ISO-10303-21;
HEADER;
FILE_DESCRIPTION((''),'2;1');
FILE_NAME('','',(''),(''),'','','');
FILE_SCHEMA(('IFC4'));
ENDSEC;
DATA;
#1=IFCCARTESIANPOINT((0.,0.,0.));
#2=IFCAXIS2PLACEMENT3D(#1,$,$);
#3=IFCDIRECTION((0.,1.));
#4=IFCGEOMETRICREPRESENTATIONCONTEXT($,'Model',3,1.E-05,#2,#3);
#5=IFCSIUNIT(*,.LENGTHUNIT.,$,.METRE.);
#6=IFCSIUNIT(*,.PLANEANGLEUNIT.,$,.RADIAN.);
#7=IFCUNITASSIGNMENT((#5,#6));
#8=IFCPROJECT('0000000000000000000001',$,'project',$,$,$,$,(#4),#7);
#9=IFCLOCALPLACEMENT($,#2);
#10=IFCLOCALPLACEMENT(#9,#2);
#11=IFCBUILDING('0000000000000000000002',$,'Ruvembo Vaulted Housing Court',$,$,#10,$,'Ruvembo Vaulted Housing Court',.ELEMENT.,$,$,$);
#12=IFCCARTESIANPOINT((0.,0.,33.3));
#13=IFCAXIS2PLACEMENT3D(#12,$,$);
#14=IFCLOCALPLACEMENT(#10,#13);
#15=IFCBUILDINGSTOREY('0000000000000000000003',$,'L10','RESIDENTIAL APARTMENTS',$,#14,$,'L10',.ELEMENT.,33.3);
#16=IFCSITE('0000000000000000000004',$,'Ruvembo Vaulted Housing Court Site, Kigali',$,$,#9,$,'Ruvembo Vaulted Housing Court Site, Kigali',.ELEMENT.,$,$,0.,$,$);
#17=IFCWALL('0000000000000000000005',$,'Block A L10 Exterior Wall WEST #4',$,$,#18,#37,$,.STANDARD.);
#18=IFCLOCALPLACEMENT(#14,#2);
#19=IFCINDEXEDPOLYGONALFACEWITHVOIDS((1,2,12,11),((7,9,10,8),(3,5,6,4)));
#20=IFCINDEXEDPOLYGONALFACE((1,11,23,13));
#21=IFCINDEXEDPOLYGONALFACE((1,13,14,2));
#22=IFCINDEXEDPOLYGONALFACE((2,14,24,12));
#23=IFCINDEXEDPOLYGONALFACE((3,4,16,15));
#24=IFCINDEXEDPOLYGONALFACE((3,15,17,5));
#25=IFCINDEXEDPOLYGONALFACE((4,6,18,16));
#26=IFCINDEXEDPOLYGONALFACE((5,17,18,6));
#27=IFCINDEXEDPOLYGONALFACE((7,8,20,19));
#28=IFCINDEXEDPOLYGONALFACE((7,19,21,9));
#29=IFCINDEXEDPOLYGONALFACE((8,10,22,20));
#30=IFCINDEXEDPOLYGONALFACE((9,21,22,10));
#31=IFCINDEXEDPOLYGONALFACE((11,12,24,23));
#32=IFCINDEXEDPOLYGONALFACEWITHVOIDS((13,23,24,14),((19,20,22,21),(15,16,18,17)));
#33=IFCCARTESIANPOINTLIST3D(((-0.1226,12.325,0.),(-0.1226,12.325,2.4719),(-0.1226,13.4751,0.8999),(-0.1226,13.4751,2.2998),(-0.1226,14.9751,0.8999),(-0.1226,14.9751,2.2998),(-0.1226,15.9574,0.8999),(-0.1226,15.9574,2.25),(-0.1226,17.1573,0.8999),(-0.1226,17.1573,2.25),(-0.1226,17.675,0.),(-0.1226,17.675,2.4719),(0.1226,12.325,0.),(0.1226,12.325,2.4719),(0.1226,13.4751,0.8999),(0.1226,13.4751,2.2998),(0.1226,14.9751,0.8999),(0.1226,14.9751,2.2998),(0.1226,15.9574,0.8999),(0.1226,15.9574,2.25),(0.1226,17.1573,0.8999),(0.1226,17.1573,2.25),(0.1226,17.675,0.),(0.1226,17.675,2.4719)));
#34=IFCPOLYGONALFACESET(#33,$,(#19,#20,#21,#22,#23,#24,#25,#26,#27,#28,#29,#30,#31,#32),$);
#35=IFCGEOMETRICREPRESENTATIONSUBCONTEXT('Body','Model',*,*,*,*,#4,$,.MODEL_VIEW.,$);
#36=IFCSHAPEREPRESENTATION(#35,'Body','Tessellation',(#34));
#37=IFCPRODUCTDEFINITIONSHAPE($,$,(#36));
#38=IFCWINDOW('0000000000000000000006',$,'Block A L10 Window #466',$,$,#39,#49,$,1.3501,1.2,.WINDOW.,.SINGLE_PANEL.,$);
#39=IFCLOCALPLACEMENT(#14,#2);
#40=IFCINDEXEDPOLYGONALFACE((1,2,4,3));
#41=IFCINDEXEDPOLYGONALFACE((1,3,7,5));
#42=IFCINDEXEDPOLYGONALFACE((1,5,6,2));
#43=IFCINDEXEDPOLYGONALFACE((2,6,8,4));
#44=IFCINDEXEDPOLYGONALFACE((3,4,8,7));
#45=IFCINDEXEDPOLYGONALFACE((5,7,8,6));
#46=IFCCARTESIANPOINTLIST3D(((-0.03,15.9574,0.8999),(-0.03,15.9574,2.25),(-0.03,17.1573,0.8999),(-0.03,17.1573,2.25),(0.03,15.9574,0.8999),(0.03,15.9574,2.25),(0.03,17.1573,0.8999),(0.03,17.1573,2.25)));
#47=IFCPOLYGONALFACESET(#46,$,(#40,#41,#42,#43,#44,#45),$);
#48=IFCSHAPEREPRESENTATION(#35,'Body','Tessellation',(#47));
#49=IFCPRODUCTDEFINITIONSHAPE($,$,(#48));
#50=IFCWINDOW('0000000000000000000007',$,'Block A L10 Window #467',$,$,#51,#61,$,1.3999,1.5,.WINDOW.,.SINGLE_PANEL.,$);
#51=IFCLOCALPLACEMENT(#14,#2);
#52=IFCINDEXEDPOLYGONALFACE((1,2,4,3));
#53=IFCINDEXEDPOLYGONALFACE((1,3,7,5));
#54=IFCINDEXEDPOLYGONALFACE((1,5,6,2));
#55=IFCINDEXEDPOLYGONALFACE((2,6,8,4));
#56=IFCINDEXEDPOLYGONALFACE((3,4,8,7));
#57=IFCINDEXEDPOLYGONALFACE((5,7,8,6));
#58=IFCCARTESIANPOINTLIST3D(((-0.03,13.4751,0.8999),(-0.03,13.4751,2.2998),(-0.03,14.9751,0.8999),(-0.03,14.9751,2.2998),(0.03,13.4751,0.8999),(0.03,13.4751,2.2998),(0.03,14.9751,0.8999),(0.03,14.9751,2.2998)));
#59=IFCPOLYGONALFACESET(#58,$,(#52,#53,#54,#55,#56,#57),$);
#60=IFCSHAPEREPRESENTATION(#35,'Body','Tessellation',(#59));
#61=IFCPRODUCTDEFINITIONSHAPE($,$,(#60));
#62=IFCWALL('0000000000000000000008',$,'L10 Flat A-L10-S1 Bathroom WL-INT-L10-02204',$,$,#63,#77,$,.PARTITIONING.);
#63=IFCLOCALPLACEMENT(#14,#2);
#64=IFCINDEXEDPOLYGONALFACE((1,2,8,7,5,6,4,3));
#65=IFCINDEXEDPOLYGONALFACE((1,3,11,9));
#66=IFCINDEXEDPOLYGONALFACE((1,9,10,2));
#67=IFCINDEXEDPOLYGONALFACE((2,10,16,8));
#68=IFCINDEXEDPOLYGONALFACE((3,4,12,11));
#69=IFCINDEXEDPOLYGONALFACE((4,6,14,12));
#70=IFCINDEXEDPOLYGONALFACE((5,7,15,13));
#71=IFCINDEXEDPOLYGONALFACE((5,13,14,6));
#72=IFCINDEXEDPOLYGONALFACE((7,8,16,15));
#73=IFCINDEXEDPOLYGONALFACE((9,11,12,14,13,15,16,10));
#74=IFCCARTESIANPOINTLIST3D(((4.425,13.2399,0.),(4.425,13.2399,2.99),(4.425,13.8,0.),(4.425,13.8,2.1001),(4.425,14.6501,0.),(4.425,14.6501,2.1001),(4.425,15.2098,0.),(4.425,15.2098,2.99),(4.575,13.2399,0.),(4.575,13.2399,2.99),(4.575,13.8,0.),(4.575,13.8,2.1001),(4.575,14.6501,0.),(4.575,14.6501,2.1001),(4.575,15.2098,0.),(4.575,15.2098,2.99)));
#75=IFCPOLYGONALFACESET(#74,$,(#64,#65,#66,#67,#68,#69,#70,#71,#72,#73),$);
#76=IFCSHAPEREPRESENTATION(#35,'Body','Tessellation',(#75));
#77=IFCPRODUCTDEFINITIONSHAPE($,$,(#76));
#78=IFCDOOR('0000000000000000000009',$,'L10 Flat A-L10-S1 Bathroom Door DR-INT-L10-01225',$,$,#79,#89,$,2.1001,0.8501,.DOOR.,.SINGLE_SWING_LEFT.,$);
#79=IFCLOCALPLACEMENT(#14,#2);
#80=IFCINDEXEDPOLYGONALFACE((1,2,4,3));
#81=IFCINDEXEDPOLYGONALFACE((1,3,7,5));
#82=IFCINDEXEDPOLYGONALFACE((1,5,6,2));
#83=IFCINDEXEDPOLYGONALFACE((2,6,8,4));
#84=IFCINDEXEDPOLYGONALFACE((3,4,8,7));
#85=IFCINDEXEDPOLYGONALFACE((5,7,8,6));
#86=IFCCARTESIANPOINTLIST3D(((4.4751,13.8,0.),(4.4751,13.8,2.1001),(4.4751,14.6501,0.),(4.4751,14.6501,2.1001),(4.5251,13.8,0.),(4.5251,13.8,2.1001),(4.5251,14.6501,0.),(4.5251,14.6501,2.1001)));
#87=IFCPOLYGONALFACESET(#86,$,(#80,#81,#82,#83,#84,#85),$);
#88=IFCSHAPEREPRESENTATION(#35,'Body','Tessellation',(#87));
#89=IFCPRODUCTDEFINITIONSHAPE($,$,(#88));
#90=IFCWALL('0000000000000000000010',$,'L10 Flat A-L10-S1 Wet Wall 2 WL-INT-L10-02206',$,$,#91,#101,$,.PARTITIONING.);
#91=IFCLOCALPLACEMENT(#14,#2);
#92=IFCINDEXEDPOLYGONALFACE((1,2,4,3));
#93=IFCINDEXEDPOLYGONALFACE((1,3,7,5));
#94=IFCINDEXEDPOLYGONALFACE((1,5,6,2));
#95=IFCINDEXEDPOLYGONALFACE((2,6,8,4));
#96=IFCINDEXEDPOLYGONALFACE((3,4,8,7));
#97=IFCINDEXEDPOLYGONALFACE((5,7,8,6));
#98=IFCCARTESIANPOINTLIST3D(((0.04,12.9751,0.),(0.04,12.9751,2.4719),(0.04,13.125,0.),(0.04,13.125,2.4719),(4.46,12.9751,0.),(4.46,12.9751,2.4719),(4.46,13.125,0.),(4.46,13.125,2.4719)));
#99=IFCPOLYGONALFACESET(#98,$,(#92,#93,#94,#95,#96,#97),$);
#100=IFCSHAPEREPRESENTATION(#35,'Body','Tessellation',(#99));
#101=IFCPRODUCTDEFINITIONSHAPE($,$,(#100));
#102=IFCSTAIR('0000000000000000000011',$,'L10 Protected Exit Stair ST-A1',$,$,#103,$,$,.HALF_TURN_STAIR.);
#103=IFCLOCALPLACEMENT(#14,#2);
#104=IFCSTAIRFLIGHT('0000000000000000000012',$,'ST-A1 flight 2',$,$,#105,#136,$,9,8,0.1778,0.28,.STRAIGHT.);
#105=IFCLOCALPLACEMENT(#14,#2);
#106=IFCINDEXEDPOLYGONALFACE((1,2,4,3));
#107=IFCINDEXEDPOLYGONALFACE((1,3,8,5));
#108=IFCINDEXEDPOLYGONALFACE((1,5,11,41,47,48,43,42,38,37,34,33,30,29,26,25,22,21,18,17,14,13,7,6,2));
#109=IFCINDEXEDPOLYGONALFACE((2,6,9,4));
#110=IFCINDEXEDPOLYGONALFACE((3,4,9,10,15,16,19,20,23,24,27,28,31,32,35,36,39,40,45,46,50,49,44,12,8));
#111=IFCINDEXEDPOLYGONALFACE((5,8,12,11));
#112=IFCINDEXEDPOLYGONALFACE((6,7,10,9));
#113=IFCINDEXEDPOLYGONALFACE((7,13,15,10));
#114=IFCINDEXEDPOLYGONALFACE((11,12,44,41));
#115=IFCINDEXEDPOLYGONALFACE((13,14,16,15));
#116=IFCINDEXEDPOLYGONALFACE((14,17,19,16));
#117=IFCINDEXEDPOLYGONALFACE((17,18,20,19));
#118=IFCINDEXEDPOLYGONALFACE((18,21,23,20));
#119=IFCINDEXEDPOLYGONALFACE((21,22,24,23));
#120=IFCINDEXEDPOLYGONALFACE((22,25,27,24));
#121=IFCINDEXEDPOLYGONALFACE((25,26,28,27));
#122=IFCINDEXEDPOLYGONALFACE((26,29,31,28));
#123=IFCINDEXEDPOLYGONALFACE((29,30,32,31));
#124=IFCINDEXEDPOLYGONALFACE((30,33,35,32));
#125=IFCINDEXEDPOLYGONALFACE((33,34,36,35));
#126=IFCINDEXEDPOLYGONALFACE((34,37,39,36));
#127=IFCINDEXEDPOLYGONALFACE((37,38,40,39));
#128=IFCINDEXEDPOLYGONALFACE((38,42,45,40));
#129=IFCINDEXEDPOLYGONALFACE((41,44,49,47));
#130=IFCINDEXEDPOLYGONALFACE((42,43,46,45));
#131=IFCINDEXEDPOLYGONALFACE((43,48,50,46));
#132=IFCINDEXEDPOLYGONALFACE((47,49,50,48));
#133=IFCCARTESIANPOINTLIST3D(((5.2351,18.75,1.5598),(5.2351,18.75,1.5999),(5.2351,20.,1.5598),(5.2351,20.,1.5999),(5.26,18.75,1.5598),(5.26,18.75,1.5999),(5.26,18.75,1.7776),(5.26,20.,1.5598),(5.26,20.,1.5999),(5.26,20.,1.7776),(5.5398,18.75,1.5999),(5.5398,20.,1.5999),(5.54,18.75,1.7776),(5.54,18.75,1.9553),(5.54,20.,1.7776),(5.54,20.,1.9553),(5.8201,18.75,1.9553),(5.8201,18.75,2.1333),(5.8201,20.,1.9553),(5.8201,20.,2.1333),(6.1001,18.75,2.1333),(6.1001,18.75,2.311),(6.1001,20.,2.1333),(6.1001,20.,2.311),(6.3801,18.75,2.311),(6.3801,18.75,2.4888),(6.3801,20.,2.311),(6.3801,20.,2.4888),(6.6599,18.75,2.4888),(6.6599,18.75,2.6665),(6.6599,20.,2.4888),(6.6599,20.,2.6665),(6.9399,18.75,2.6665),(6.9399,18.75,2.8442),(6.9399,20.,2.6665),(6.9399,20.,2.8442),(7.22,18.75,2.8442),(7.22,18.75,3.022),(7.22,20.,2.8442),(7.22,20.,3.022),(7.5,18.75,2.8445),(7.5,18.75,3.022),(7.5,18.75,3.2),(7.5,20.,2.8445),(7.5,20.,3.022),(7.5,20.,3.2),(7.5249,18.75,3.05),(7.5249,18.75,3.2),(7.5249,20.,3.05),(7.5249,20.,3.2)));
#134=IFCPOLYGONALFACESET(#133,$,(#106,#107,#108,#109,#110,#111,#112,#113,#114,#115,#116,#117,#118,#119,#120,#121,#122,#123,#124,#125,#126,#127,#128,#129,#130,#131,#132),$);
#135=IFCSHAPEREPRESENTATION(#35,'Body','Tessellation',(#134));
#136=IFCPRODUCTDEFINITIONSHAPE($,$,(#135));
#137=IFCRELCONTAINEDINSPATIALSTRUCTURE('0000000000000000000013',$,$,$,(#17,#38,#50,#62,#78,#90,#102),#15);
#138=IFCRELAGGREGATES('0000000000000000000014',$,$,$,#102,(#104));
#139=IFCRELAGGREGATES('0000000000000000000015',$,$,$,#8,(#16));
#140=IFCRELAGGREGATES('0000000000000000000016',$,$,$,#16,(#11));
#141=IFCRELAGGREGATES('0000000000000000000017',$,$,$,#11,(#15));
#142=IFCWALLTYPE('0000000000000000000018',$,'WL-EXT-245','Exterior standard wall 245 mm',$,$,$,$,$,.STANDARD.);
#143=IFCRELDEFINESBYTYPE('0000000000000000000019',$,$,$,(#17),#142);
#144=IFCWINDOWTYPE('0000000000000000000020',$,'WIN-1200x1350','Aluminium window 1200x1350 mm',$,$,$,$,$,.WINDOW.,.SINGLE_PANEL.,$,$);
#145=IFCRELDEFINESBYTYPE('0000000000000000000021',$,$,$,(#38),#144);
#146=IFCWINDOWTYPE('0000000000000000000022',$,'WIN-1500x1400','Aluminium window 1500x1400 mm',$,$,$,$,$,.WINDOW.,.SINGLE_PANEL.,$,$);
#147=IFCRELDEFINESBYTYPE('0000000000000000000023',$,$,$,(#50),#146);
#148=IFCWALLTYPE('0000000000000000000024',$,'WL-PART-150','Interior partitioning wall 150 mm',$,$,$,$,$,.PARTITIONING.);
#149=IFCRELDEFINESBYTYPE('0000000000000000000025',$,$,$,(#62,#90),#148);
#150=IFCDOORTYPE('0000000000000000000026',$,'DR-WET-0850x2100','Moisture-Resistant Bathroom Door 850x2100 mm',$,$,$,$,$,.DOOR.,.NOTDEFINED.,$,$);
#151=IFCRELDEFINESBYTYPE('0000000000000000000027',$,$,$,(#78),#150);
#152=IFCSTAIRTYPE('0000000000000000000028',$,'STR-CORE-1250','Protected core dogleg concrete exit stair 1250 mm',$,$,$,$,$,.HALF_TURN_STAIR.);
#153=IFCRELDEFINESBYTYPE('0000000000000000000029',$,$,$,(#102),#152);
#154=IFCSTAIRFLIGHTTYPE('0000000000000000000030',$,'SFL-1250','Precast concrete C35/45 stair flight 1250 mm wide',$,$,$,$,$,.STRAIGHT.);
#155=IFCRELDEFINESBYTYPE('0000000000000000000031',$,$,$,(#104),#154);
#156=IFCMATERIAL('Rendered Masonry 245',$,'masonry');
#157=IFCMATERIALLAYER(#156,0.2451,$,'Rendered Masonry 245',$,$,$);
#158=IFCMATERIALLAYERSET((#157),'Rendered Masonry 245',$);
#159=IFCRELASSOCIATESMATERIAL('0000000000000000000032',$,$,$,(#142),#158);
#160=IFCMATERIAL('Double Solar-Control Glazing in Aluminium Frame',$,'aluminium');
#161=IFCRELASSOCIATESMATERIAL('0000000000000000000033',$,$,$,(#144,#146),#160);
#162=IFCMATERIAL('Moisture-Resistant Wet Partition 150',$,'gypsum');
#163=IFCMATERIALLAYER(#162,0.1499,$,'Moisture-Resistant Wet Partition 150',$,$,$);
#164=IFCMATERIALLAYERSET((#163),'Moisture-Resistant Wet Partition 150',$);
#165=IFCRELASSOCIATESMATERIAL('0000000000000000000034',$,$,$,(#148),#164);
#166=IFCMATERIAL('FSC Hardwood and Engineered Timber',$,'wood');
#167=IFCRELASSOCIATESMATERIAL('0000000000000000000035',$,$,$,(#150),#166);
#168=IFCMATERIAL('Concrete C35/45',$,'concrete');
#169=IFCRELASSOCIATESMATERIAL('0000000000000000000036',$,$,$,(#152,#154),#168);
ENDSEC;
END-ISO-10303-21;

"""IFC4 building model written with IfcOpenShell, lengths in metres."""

from ifc_helpers import new_model, si_unit, direction, frame, frame_2d, origin, place, context, subcontext, project, spatial, polyline, rectangle, outline, extrude, material, layer, layer_set, type_object, element, fill, aggregate, save


model = new_model("IFC4")

# Units and contexts
model_context = context("Model", 3, precision=1e-05, world=origin(), true_north=direction((0.0, 1.0)))
body_context = subcontext(model_context, "Body", "Model", "MODEL_VIEW")
ifc_project = project(units=[si_unit("LENGTHUNIT", "METRE"), si_unit("PLANEANGLEUNIT", "RADIAN")], contexts=[model_context])

# Site, building, storey
site_placement = place(None, origin())
site = spatial("IfcSite", under=ifc_project, at=site_placement, Name="Ruvembo Vaulted Housing Court Site, Kigali", LongName="Ruvembo Vaulted Housing Court Site, Kigali", CompositionType="ELEMENT", RefElevation=0.0)
building_placement = place(site_placement, origin())
building = spatial("IfcBuilding", under=site, at=building_placement, Name="Ruvembo Vaulted Housing Court", LongName="Ruvembo Vaulted Housing Court", CompositionType="ELEMENT")
storey_placement = place(building_placement, frame((0.0, 0.0, 33.3)))
storey = spatial("IfcBuildingStorey", under=building, at=storey_placement, Name="L10", Description="RESIDENTIAL APARTMENTS", LongName="L10", CompositionType="ELEMENT", Elevation=33.3)

# Shared definitions
ifc_material_1 = material(Name="Concrete C35/45", Category="concrete")

# Shared definitions
ifc_material_2 = material(Name="FSC Hardwood and Engineered Timber", Category="wood")

# Wall, openings, windows
ifc_material_3 = material(Name="Rendered Masonry 245", Category="masonry")
ifc_layer_1 = layer(ifc_material_3, 0.2451, Name="Rendered Masonry 245")
ifc_layer_set_1 = layer_set([ifc_layer_1], Name="Rendered Masonry 245")
wall_type_1 = type_object("IfcWallType", Name="WL-EXT-245", Description="Exterior standard wall 245 mm", PredefinedType="STANDARD", material=ifc_layer_set_1)
wall_1_placement = place(storey_placement, frame((0.0, 17.675, 0.0), z_axis=(0.0, 0.0, 1.0), x_axis=(0.0, -1.0, 0.0)))
wall_1 = element("IfcWall", 1, at=wall_1_placement, inside=storey, type_object=wall_type_1, Name="Block A L10 Exterior Wall WEST #4", PredefinedType="STANDARD", context=body_context, shape_type="SweptSolid", body=[
    extrude(rectangle(XDim=5.3501, YDim=0.2451, at=frame_2d((2.675, 0.0))), origin(), (0.0, 0.0, 1.0), 2.4719),
])
opening_1_placement = place(wall_1_placement, frame((0.5176, 0.0, 0.8999)))
opening_1 = element("IfcOpeningElement", 2, at=opening_1_placement, cuts=wall_1, PredefinedType="OPENING", context=body_context, shape_type="SweptSolid", body=[
    extrude(rectangle(XDim=1.2, YDim=1.3501, at=frame_2d((0.6001, 0.675))), frame((0.0, 0.1326, 0.0), z_axis=(0.0, -1.0, 0.0), x_axis=(1.0, 0.0, 0.0)), (0.0, 0.0, 1.0), 0.2651),
])
opening_2_placement = place(wall_1_placement, frame((2.7, 0.0, 0.8999)))
opening_2 = element("IfcOpeningElement", 3, at=opening_2_placement, cuts=wall_1, PredefinedType="OPENING", context=body_context, shape_type="SweptSolid", body=[
    extrude(rectangle(XDim=1.5, YDim=1.3999, at=frame_2d((0.75, 0.7))), frame((0.0, 0.1326, 0.0), z_axis=(0.0, -1.0, 0.0), x_axis=(1.0, 0.0, 0.0)), (0.0, 0.0, 1.0), 0.2651),
])
ifc_material_4 = material(Name="Double Solar-Control Glazing in Aluminium Frame", Category="aluminium")
window_type_1 = type_object("IfcWindowType", Name="WIN-1200x1350", Description="Aluminium window 1200x1350 mm", PartitioningType="SINGLE_PANEL", PredefinedType="WINDOW", material=ifc_material_4)
window_1_placement = place(opening_1_placement, origin())
window_1 = element("IfcWindow", 4, at=window_1_placement, inside=storey, type_object=window_type_1, Name="Block A L10 Window #466", OverallHeight=1.3501, OverallWidth=1.2, PartitioningType="SINGLE_PANEL", PredefinedType="WINDOW", context=body_context, shape_type="SweptSolid", body=[
    extrude(rectangle(XDim=1.2, YDim=1.3501, at=frame_2d((0.6001, 0.675))), frame((0.0, 0.03, 0.0), z_axis=(0.0, -1.0, 0.0), x_axis=(1.0, 0.0, 0.0)), (0.0, 0.0, 1.0), 0.0601),
])
fill(opening_1, window_1)
window_type_2 = type_object("IfcWindowType", Name="WIN-1500x1400", Description="Aluminium window 1500x1400 mm", PartitioningType="SINGLE_PANEL", PredefinedType="WINDOW", material=ifc_material_4)
window_2_placement = place(opening_2_placement, origin())
window_2 = element("IfcWindow", 5, at=window_2_placement, inside=storey, type_object=window_type_2, Name="Block A L10 Window #467", OverallHeight=1.3999, OverallWidth=1.5, PartitioningType="SINGLE_PANEL", PredefinedType="WINDOW", context=body_context, shape_type="SweptSolid", body=[
    extrude(rectangle(XDim=1.5, YDim=1.3999, at=frame_2d((0.75, 0.7))), frame((0.0, 0.03, 0.0), z_axis=(0.0, -1.0, 0.0), x_axis=(1.0, 0.0, 0.0)), (0.0, 0.0, 1.0), 0.0601),
])
fill(opening_2, window_2)

# Wall, opening, door
ifc_material_5 = material(Name="Moisture-Resistant Wet Partition 150", Category="gypsum")
ifc_layer_2 = layer(ifc_material_5, 0.1499, Name="Moisture-Resistant Wet Partition 150")
ifc_layer_set_2 = layer_set([ifc_layer_2], Name="Moisture-Resistant Wet Partition 150")
wall_type_2 = type_object("IfcWallType", Name="WL-PART-150", Description="Interior partitioning wall 150 mm", PredefinedType="PARTITIONING", material=ifc_layer_set_2)
wall_2_placement = place(storey_placement, frame((4.5, 13.24, 0.0), z_axis=(0.0, 0.0, 1.0), x_axis=(0.0, 1.0, 0.0)))
wall_2 = element("IfcWall", 6, at=wall_2_placement, inside=storey, type_object=wall_type_2, Name="L10 Flat A-L10-S1 Bathroom WL-INT-L10-02204", PredefinedType="PARTITIONING", context=body_context, shape_type="SweptSolid", body=[
    extrude(rectangle(XDim=1.97, YDim=0.1499, at=frame_2d((0.9849, 0.0))), origin(), (0.0, 0.0, 1.0), 2.99),
])
opening_3_placement = place(wall_2_placement, frame((0.5601, 0.0, 0.0)))
opening_3 = element("IfcOpeningElement", 7, at=opening_3_placement, cuts=wall_2, PredefinedType="OPENING", context=body_context, shape_type="SweptSolid", body=[
    extrude(rectangle(XDim=0.8501, YDim=2.1001, at=frame_2d((0.425, 1.05))), frame((0.0, 0.085, 0.0), z_axis=(0.0, -1.0, 0.0), x_axis=(1.0, 0.0, 0.0)), (0.0, 0.0, 1.0), 0.1699),
])
door_type_1 = type_object("IfcDoorType", Name="DR-WET-0850x2100", Description="Moisture-Resistant Bathroom Door 850x2100 mm", OperationType="NOTDEFINED", PredefinedType="DOOR", material=ifc_material_2)
door_1_placement = place(opening_3_placement, origin())
door_1 = element("IfcDoor", 8, at=door_1_placement, inside=storey, type_object=door_type_1, Name="L10 Flat A-L10-S1 Bathroom Door DR-INT-L10-01225", OperationType="SINGLE_SWING_LEFT", OverallHeight=2.1001, OverallWidth=0.8501, PredefinedType="DOOR", context=body_context, shape_type="SweptSolid", body=[
    extrude(rectangle(XDim=0.8501, YDim=2.1001, at=frame_2d((0.425, 1.05))), frame((0.0, 0.0249, 0.0), z_axis=(0.0, -1.0, 0.0), x_axis=(1.0, 0.0, 0.0)), (0.0, 0.0, 1.0), 0.05),
])
fill(opening_3, door_1)

# Wall
wall_3_placement = place(storey_placement, frame((0.04, 13.05, 0.0), z_axis=(0.0, 0.0, 1.0), x_axis=(1.0, 0.0, 0.0)))
element("IfcWall", 9, at=wall_3_placement, inside=storey, type_object=wall_type_2, Name="L10 Flat A-L10-S1 Wet Wall 2 WL-INT-L10-02206", PredefinedType="PARTITIONING", context=body_context, shape_type="SweptSolid", body=[
    extrude(rectangle(XDim=4.4199, YDim=0.1499, at=frame_2d((2.21, 0.0))), origin(), (0.0, 0.0, 1.0), 2.4719),
])

# Stair, stair flight
stair_type = type_object("IfcStairType", Name="STR-CORE-1250", Description="Protected core dogleg concrete exit stair 1250 mm", PredefinedType="HALF_TURN_STAIR", material=ifc_material_1)
stair_placement = place(storey_placement, origin())
stair = element("IfcStair", 10, at=stair_placement, inside=storey, type_object=stair_type, Name="L10 Protected Exit Stair ST-A1", PredefinedType="HALF_TURN_STAIR")
stair_flight_type = type_object("IfcStairFlightType", Name="SFL-1250", Description="Precast concrete C35/45 stair flight 1250 mm wide", PredefinedType="STRAIGHT", material=ifc_material_1)
stair_flight_placement = place(storey_placement, frame((5.26, 19.375, 1.5999), z_axis=(0.0, 0.0, 1.0), x_axis=(1.0, 0.0, 0.0)))
stair_flight = element("IfcStairFlight", 11, at=stair_flight_placement, type_object=stair_flight_type, Name="ST-A1 flight 2", NumberOfRisers=9, NumberOfTreads=8, PredefinedType="STRAIGHT", RiserHeight=0.1778, TreadLength=0.28, context=body_context, shape_type="SweptSolid", body=[
    extrude(outline(polyline([(-0.0249, -0.04), (-0.0249, 0.0), (0.0, 0.0), (0.0, 0.1777), (0.28, 0.1777), (0.28, 0.3555), (0.5601, 0.3555), (0.5601, 0.5334), (0.8401, 0.5334), (0.8401, 0.7112), (1.1201, 0.7112), (1.1201, 0.8889), (1.3999, 0.8889), (1.3999, 1.0667), (1.6799, 1.0667), (1.6799, 1.2444), (1.96, 1.2444), (1.96, 1.4221), (2.24, 1.4221), (2.24, 1.6001), (2.2649, 1.6001), (2.2649, 1.4502), (2.24, 1.2446), (0.2798, 0.0), (0.0, -0.04), (-0.0249, -0.04)])), frame((0.0, 0.625, 0.0), z_axis=(0.0, -1.0, 0.0), x_axis=(1.0, 0.0, 0.0)), (0.0, 0.0, 1.0), 1.25),
])
aggregate(stair, [stair_flight])

save(model, "model.ifc")
